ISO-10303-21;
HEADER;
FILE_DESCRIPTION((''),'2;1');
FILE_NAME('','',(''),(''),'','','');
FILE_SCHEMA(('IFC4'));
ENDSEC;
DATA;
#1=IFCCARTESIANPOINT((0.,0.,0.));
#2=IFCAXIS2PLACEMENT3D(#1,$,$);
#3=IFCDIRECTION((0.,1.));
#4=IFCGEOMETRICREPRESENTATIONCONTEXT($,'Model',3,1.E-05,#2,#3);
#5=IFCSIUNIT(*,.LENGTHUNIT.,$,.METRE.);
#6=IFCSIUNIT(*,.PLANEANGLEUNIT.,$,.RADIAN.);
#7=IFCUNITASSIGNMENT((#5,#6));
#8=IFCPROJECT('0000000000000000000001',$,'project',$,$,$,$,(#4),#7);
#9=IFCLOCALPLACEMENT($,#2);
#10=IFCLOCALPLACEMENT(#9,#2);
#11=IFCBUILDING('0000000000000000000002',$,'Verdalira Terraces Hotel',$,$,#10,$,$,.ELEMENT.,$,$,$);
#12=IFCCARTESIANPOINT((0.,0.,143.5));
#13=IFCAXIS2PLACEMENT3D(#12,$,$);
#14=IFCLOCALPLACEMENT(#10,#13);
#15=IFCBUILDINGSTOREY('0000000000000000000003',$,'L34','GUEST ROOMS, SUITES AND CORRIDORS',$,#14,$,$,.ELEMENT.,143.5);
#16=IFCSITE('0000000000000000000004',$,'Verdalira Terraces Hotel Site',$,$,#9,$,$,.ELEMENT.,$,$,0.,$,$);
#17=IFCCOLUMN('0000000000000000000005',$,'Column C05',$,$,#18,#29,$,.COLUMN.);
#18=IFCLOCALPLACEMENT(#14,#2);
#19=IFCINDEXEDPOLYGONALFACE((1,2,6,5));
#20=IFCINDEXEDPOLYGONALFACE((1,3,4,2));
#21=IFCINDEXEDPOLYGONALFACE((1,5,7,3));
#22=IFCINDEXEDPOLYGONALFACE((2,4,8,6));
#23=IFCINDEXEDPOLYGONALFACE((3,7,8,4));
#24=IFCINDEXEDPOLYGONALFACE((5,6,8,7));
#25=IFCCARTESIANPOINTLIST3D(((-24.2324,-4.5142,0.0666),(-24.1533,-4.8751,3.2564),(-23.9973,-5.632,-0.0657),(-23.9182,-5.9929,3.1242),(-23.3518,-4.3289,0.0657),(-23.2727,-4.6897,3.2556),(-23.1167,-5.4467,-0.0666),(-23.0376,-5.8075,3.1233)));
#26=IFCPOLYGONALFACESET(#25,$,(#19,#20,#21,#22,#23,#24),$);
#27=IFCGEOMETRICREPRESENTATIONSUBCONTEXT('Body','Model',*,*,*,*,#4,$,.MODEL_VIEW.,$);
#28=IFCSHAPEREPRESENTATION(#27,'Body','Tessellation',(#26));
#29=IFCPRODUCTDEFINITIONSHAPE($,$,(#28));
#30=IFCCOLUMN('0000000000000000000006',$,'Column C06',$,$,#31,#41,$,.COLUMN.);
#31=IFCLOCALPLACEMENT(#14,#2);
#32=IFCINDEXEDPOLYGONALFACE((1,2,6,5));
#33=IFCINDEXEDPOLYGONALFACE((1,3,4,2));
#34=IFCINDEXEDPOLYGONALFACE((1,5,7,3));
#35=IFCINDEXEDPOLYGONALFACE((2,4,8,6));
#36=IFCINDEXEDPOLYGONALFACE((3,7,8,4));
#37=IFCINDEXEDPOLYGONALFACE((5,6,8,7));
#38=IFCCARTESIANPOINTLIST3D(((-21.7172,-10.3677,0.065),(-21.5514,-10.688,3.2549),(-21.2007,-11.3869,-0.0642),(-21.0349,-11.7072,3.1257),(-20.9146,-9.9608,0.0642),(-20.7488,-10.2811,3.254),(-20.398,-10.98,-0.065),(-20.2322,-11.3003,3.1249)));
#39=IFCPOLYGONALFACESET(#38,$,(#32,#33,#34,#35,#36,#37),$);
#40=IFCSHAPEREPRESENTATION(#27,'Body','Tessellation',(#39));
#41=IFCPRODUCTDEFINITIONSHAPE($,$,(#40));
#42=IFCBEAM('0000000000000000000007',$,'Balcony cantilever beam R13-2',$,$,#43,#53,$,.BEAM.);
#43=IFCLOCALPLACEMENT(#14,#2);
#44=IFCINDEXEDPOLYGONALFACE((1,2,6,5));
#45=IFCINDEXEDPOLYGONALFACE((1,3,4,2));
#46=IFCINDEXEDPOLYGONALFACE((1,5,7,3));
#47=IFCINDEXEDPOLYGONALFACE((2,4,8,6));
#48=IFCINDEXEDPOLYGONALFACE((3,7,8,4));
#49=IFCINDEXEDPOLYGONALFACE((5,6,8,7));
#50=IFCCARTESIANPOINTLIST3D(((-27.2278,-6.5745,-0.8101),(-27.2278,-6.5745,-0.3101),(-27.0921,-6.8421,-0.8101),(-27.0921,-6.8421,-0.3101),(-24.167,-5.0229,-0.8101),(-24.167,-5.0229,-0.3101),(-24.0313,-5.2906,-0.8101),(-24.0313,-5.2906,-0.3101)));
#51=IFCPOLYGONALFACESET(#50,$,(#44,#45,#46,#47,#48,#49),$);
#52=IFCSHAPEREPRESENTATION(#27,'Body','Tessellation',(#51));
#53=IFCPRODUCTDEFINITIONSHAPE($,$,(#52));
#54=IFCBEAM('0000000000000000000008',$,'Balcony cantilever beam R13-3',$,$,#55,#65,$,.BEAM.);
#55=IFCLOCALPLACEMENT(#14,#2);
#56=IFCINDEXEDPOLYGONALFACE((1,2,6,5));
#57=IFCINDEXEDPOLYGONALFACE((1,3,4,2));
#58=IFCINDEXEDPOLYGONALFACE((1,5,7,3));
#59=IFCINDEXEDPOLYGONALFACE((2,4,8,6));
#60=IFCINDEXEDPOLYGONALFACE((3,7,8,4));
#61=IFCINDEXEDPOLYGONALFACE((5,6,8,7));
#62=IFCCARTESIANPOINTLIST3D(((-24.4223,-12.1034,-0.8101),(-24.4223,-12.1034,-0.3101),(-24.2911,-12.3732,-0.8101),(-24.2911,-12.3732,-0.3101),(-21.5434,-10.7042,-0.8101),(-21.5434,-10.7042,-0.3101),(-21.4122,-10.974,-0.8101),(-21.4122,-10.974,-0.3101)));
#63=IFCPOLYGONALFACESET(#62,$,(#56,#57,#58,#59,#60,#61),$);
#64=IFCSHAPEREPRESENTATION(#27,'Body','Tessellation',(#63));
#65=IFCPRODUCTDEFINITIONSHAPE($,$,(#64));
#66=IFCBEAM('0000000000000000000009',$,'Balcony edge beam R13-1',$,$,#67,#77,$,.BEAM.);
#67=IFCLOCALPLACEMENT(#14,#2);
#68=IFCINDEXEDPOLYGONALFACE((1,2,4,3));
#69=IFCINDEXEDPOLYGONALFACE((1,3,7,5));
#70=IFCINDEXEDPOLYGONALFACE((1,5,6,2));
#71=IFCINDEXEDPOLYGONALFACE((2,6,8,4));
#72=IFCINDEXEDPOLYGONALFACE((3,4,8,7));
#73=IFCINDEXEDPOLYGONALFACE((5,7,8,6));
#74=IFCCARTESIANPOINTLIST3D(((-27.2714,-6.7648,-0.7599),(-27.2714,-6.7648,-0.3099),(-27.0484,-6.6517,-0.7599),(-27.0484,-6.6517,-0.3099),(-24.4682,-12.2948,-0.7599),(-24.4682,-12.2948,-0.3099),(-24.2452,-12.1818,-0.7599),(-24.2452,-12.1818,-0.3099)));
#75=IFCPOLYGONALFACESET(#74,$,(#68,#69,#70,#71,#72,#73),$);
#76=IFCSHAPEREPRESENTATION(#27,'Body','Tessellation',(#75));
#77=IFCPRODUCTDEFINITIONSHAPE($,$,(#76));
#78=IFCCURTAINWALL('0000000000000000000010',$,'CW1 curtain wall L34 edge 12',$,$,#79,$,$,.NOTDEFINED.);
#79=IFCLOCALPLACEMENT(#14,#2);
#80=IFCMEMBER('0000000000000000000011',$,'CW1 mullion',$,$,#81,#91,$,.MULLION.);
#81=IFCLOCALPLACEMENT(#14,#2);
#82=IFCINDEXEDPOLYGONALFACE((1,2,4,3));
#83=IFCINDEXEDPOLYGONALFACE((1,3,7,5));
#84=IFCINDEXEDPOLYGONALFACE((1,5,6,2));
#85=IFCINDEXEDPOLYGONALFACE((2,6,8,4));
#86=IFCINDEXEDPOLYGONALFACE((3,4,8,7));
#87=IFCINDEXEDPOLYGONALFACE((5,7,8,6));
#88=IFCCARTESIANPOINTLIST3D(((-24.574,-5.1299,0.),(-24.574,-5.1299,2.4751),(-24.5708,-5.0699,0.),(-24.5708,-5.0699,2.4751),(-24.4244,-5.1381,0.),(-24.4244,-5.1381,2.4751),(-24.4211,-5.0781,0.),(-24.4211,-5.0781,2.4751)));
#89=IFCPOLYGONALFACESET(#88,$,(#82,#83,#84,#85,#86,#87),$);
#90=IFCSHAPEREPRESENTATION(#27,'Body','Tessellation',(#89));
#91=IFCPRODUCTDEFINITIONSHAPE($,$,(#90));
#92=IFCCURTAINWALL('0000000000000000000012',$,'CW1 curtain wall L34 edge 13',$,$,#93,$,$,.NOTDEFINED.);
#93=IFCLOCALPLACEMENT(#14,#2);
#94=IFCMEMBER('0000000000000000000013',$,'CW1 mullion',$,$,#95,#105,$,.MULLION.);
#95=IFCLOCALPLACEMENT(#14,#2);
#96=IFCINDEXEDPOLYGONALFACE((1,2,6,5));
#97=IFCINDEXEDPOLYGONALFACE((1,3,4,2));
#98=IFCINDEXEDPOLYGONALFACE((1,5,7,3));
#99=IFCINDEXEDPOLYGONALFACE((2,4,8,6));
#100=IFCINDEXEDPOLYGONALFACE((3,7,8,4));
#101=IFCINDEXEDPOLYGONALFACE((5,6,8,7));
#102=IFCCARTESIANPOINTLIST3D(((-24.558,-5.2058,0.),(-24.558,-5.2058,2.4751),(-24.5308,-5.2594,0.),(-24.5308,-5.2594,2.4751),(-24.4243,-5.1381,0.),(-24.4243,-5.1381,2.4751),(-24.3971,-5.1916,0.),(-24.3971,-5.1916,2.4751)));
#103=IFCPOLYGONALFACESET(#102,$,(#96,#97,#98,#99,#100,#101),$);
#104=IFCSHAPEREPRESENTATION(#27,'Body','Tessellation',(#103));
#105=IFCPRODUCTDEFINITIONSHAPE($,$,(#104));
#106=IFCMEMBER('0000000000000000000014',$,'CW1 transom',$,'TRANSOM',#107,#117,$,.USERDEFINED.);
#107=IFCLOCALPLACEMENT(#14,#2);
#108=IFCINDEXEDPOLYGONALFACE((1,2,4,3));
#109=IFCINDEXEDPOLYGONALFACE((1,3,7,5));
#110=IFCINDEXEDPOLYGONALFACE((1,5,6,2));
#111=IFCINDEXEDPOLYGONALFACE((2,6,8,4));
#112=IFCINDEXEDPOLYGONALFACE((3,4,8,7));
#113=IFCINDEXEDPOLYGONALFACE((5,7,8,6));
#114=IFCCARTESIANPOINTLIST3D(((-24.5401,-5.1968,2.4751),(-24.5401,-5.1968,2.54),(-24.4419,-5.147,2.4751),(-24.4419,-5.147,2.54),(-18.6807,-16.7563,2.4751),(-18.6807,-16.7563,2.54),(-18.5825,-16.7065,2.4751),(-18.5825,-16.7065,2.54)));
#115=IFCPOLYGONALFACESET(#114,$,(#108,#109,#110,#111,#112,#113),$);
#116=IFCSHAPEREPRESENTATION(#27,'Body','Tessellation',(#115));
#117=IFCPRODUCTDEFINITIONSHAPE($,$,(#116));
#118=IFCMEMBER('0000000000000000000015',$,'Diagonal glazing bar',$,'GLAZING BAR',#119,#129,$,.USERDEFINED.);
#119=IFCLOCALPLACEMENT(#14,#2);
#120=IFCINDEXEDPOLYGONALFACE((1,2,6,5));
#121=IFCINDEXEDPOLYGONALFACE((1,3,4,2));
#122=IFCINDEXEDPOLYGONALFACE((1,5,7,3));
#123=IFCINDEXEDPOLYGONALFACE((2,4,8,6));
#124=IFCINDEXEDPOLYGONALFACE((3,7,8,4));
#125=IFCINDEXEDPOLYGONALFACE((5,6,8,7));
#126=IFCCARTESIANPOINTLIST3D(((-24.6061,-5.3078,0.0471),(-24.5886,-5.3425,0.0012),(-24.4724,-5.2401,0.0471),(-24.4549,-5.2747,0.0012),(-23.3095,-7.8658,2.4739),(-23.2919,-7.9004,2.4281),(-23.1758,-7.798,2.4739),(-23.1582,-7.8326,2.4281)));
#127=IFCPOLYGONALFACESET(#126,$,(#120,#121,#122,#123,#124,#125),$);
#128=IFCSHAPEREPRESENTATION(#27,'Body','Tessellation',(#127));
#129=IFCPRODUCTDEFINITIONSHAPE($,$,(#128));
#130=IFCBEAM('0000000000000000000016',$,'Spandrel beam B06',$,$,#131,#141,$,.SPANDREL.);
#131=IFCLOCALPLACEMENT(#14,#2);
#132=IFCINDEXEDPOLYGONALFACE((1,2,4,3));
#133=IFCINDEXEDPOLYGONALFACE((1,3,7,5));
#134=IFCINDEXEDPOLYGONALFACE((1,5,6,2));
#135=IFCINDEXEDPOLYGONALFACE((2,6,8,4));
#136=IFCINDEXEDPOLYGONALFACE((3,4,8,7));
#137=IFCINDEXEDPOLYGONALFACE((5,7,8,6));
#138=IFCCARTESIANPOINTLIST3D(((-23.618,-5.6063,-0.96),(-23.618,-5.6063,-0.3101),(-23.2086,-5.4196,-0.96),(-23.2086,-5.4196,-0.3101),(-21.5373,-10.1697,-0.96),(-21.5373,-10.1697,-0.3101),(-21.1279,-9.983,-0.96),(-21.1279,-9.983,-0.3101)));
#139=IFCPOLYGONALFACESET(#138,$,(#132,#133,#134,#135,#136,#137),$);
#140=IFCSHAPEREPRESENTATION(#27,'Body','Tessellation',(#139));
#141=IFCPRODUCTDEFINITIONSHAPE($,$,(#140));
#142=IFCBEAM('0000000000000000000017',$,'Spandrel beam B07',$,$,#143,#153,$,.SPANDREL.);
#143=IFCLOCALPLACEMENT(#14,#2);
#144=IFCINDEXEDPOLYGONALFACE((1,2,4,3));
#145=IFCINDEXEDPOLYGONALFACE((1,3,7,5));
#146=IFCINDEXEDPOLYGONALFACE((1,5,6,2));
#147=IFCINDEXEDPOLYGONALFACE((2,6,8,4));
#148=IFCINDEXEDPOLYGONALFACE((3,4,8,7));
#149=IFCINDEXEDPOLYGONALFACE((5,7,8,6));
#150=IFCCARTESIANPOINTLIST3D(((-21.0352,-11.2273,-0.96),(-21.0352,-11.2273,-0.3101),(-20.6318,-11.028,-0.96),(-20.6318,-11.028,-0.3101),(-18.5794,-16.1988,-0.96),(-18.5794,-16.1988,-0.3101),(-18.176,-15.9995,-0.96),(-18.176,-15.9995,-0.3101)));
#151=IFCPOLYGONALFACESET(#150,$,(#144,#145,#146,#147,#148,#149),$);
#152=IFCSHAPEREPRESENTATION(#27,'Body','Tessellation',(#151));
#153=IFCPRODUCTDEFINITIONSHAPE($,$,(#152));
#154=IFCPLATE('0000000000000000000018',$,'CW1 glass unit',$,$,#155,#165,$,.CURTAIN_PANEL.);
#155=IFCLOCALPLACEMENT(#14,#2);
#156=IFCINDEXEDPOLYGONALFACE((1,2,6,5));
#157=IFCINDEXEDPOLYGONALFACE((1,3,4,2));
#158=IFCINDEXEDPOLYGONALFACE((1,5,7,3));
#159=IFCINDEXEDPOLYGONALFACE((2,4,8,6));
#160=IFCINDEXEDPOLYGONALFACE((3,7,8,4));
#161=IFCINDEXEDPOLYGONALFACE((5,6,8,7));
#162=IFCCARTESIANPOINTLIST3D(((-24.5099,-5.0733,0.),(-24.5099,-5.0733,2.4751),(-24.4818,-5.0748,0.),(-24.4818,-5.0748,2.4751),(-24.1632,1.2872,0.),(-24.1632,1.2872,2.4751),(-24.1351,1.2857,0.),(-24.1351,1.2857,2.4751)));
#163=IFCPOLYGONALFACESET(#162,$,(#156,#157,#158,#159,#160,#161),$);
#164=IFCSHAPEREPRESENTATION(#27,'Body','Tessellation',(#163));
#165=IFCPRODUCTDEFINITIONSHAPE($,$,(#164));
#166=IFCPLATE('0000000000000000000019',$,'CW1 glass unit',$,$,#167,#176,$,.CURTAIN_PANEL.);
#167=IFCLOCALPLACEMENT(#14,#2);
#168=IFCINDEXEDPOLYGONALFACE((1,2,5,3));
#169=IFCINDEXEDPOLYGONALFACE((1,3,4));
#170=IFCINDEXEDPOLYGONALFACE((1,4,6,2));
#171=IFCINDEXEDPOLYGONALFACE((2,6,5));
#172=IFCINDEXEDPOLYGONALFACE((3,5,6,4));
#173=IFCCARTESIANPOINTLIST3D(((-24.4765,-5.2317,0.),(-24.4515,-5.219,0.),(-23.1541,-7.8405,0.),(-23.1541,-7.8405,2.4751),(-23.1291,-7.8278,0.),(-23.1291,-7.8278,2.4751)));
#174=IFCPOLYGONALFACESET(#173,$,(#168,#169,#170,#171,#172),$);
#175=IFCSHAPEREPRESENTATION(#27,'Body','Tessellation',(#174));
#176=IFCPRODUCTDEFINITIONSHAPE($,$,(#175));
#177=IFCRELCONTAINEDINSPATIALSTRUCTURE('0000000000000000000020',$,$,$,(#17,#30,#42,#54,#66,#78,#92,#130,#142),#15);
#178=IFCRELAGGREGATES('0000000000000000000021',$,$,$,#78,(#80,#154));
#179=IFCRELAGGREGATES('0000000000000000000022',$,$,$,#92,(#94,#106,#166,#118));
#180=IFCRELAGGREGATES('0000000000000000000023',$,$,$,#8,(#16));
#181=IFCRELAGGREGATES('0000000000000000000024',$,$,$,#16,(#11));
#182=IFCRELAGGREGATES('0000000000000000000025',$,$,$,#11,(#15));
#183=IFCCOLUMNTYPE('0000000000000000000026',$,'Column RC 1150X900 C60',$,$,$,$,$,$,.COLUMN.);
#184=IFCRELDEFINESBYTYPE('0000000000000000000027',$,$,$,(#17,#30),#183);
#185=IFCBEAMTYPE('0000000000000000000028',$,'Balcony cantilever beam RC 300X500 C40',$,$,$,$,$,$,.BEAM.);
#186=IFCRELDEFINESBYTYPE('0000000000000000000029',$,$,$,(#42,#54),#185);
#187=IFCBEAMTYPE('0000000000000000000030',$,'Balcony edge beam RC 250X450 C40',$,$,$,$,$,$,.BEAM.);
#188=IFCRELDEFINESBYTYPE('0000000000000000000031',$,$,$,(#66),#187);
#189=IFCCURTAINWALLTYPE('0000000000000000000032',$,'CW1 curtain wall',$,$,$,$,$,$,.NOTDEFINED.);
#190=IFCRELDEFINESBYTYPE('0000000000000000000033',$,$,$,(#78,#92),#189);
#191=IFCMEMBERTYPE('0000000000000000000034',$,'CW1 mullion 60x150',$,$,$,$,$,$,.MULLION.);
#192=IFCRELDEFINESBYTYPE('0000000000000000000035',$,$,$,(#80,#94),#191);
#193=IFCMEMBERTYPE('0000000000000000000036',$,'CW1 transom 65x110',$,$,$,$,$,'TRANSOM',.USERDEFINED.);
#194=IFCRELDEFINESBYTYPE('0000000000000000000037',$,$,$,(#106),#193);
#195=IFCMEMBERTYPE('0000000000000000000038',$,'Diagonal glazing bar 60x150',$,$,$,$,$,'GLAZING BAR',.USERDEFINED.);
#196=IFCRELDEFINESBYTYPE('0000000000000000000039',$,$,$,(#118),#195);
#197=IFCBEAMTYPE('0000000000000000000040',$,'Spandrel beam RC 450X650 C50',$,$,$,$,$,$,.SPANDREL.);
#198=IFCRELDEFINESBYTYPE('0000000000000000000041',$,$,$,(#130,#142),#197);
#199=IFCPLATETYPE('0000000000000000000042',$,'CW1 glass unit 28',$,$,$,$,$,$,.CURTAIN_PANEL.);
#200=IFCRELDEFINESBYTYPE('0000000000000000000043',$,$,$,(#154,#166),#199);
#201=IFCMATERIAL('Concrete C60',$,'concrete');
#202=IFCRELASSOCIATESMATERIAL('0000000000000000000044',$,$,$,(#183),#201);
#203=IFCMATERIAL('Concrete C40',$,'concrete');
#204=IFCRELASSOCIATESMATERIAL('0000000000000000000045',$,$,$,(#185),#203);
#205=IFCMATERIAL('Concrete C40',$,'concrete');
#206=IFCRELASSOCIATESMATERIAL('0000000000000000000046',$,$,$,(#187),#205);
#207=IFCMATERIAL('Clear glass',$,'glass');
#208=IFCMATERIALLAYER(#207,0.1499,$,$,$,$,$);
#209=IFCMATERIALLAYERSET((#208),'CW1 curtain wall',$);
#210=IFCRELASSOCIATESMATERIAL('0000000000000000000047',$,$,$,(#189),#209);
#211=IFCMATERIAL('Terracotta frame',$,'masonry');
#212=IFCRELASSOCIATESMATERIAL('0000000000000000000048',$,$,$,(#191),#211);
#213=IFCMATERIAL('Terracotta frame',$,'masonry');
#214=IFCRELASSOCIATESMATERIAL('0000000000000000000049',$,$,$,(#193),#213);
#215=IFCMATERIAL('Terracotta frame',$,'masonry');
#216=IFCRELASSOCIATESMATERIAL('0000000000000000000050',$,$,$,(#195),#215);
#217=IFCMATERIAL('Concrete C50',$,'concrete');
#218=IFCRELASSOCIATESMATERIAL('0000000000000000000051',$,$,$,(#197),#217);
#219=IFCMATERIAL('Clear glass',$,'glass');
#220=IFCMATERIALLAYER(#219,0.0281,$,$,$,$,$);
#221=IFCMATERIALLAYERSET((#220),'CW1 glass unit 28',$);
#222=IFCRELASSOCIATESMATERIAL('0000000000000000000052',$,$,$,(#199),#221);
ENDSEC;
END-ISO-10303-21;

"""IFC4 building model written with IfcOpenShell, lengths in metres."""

from ifc_helpers import new_model, si_unit, direction, frame, origin, origin_2d, place, context, subcontext, project, spatial, polyline, rectangle, outline, extrude, material, layer, layer_set, material_profile, profile_set, type_object, element, aggregate, save


model = new_model("IFC4")

# Units and contexts
model_context = context("Model", 3, precision=1e-05, world=origin(), true_north=direction((0.0, 1.0)))
body_context = subcontext(model_context, "Body", "Model", "MODEL_VIEW")
ifc_project = project(units=[si_unit("LENGTHUNIT", "METRE"), si_unit("PLANEANGLEUNIT", "RADIAN")], contexts=[model_context])

# Site, building, storey
site_placement = place(None, origin())
site = spatial("IfcSite", under=ifc_project, at=site_placement, Name="Verdalira Terraces Hotel Site", CompositionType="ELEMENT", RefElevation=0.0)
building_placement = place(site_placement, origin())
building = spatial("IfcBuilding", under=site, at=building_placement, Name="Verdalira Terraces Hotel", CompositionType="ELEMENT")
storey_placement = place(building_placement, frame((0.0, 0.0, 143.5)))
storey = spatial("IfcBuildingStorey", under=building, at=storey_placement, Name="L34", Description="GUEST ROOMS, SUITES AND CORRIDORS", CompositionType="ELEMENT", Elevation=143.5)

# Columns
ifc_material_1 = material(Name="Concrete C60", Category="concrete")
ifc_material_profile_1 = material_profile(ifc_material_1, rectangle(XDim=1.1499, YDim=0.8999, at=origin_2d()), Name="RC 1150X900")
ifc_profile_set_1 = profile_set([ifc_material_profile_1], Name="Concrete C60")
column_type = type_object("IfcColumnType", Name="Column RC 1150X900 C60", PredefinedType="COLUMN", material=ifc_profile_set_1)
column_1_placement = place(storey_placement, frame((-23.6746, -4.9805, 0.0), z_axis=(0.024633, -0.112367, 0.993361), x_axis=(-0.204464, 0.972092, 0.115031)))
element("IfcColumn", 1, at=column_1_placement, inside=storey, type_object=column_type, Name="Column C05", PredefinedType="COLUMN", context=body_context, shape_type="SweptSolid", body=[
    extrude(rectangle(XDim=1.1499, YDim=0.8999, at=origin_2d()), origin(), (0.0, 0.0, 1.0), 3.2112),
])
column_2_placement = place(storey_placement, frame((-21.0576, -10.6738, 0.0), z_axis=(0.051638, -0.099778, 0.993669), x_axis=(0.449211, -0.886334, -0.112344)))
element("IfcColumn", 2, at=column_2_placement, inside=storey, type_object=column_type, Name="Column C06", PredefinedType="COLUMN", context=body_context, shape_type="SweptSolid", body=[
    extrude(rectangle(XDim=1.1499, YDim=0.8999, at=origin_2d()), origin(), (0.0, 0.0, 1.0), 3.2102),
])

# Beams
ifc_material_2 = material(Name="Concrete C40", Category="concrete")
ifc_material_profile_2 = material_profile(ifc_material_2, rectangle(XDim=0.3, YDim=0.5, at=origin_2d()), Name="RC 300X500")
ifc_profile_set_2 = profile_set([ifc_material_profile_2], Name="Concrete C40")
beam_type_1 = type_object("IfcBeamType", Name="Balcony cantilever beam RC 300X500 C40", PredefinedType="BEAM", material=ifc_profile_set_2)
beam_1_placement = place(storey_placement, frame((-24.0991, -5.1567, -0.5601), z_axis=(-0.891952, -0.45213, 0.0), x_axis=(0.45213, -0.891952, 0.0)))
element("IfcBeam", 3, at=beam_1_placement, inside=storey, type_object=beam_type_1, Name="Balcony cantilever beam R13-2", PredefinedType="BEAM", context=body_context, shape_type="SweptSolid", body=[
    extrude(rectangle(XDim=0.3, YDim=0.5, at=origin_2d()), origin(), (0.0, 0.0, 1.0), 3.4316),
])
beam_2_placement = place(storey_placement, frame((-21.4778, -10.8391, -0.5601), z_axis=(-0.899405, -0.437117, 0.0), x_axis=(0.437117, -0.899405, 0.0)))
element("IfcBeam", 4, at=beam_2_placement, inside=storey, type_object=beam_type_1, Name="Balcony cantilever beam R13-3", PredefinedType="BEAM", context=body_context, shape_type="SweptSolid", body=[
    extrude(rectangle(XDim=0.3, YDim=0.5, at=origin_2d()), origin(), (0.0, 0.0, 1.0), 3.2009),
])
ifc_material_3 = material(Name="Concrete C40", Category="concrete")
ifc_material_profile_3 = material_profile(ifc_material_3, rectangle(XDim=0.25, YDim=0.45, at=origin_2d()), Name="RC 250X450")
ifc_profile_set_3 = profile_set([ifc_material_profile_3], Name="Concrete C40")
beam_type_2 = type_object("IfcBeamType", Name="Balcony edge beam RC 250X450 C40", PredefinedType="BEAM", material=ifc_profile_set_3)
beam_3_placement = place(storey_placement, frame((-27.1599, -6.7083, -0.5349), z_axis=(0.452137, -0.891949, 0.0), x_axis=(0.891949, 0.452137, 0.0)))
element("IfcBeam", 5, at=beam_3_placement, inside=storey, type_object=beam_type_2, Name="Balcony edge beam R13-1", PredefinedType="BEAM", context=body_context, shape_type="SweptSolid", body=[
    extrude(rectangle(XDim=0.25, YDim=0.45, at=origin_2d()), origin(), (0.0, 0.0, 1.0), 6.2),
])

# Curtain wall, member
ifc_material_4 = material(Name="Clear glass", Category="glass")
ifc_layer_1 = layer(ifc_material_4, 0.1499)
ifc_layer_set_1 = layer_set([ifc_layer_1], Name="CW1 curtain wall")
curtain_wall_type = type_object("IfcCurtainWallType", Name="CW1 curtain wall", PredefinedType="NOTDEFINED", material=ifc_layer_set_1)
curtain_wall_1_placement = place(storey_placement, origin())
curtain_wall_1 = element("IfcCurtainWall", 6, at=curtain_wall_1_placement, inside=storey, type_object=curtain_wall_type, Name="CW1 curtain wall L34 edge 12", PredefinedType="NOTDEFINED")
ifc_material_5 = material(Name="Terracotta frame", Category="masonry")
ifc_material_profile_4 = material_profile(ifc_material_5, rectangle(XDim=0.0601, YDim=0.1499, at=origin_2d()), Name="MU 60x150")
ifc_profile_set_4 = profile_set([ifc_material_profile_4], Name="Terracotta frame")
member_type_1 = type_object("IfcMemberType", Name="CW1 mullion 60x150", PredefinedType="MULLION", material=ifc_profile_set_4)
member_1_placement = place(storey_placement, frame((-24.4976, -5.104, 0.0), z_axis=(0.0, 0.0, 1.0), x_axis=(-0.054427, -0.998518, 0.0)))
member_1 = element("IfcMember", 7, at=member_1_placement, type_object=member_type_1, Name="CW1 mullion", PredefinedType="MULLION", context=body_context, shape_type="SweptSolid", body=[
    extrude(rectangle(XDim=0.0601, YDim=0.1499, at=origin_2d()), origin(), (0.0, 0.0, 1.0), 2.4751),
])

# Curtain wall, members
curtain_wall_2_placement = place(storey_placement, origin())
curtain_wall_2 = element("IfcCurtainWall", 8, at=curtain_wall_2_placement, inside=storey, type_object=curtain_wall_type, Name="CW1 curtain wall L34 edge 13", PredefinedType="NOTDEFINED")
member_2_placement = place(storey_placement, frame((-24.4775, -5.1987, 0.0), z_axis=(0.0, 0.0, 1.0), x_axis=(0.452123, -0.891955, 0.0)))
member_2 = element("IfcMember", 9, at=member_2_placement, type_object=member_type_1, Name="CW1 mullion", PredefinedType="MULLION", context=body_context, shape_type="SweptSolid", body=[
    extrude(rectangle(XDim=0.0601, YDim=0.1499, at=origin_2d()), origin(), (0.0, 0.0, 1.0), 2.4751),
])
ifc_material_6 = material(Name="Terracotta frame", Category="masonry")
ifc_material_profile_5 = material_profile(ifc_material_6, rectangle(XDim=0.1101, YDim=0.0649, at=origin_2d()), Name="TR 65x110")
ifc_profile_set_5 = profile_set([ifc_material_profile_5], Name="Terracotta frame")
member_type_2 = type_object("IfcMemberType", Name="CW1 transom 65x110", ElementType="TRANSOM", PredefinedType="USERDEFINED", material=ifc_profile_set_5)
member_3_placement = place(storey_placement, frame((-24.491, -5.1719, 2.5076), z_axis=(0.45212, -0.891957, 0.0), x_axis=(0.891957, 0.45212, 0.0)))
member_3 = element("IfcMember", 10, at=member_3_placement, type_object=member_type_2, Name="CW1 transom", ObjectType="TRANSOM", PredefinedType="USERDEFINED", context=body_context, shape_type="SweptSolid", body=[
    extrude(rectangle(XDim=0.1101, YDim=0.0649, at=origin_2d()), origin(), (0.0, 0.0, 1.0), 12.9597),
])
ifc_material_7 = material(Name="Terracotta frame", Category="masonry")
ifc_material_profile_6 = material_profile(ifc_material_7, rectangle(XDim=0.1499, YDim=0.0601, at=origin_2d()), Name="GB 60x150")
ifc_profile_set_6 = profile_set([ifc_material_profile_6], Name="Terracotta frame")
member_type_3 = type_object("IfcMemberType", Name="Diagonal glazing bar 60x150", ElementType="GLAZING BAR", PredefinedType="USERDEFINED", material=ifc_profile_set_6)
member_4_placement = place(storey_placement, frame((-24.5305, -5.2913, 0.0242), z_axis=(0.345148, -0.680873, 0.645975), x_axis=(0.891945, 0.452145, 0.0)))
member_4 = element("IfcMember", 11, at=member_4_placement, type_object=member_type_3, Name="Diagonal glazing bar", ObjectType="GLAZING BAR", PredefinedType="USERDEFINED", context=body_context, shape_type="SweptSolid", body=[
    extrude(rectangle(XDim=0.1499, YDim=0.0601, at=origin_2d()), origin(), (0.0, 0.0, 1.0), 3.7568),
])

# Beams
ifc_material_8 = material(Name="Concrete C50", Category="concrete")
ifc_material_profile_7 = material_profile(ifc_material_8, rectangle(XDim=0.45, YDim=0.6499, at=origin_2d()), Name="RC 450X650")
ifc_profile_set_7 = profile_set([ifc_material_profile_7], Name="Concrete C50")
beam_type_3 = type_object("IfcBeamType", Name="Spandrel beam RC 450X650 C50", PredefinedType="SPANDREL", material=ifc_profile_set_7)
beam_4_placement = place(storey_placement, frame((-23.4133, -5.5129, -0.635), z_axis=(0.414877, -0.909877, 0.0), x_axis=(0.909877, 0.414877, 0.0)))
element("IfcBeam", 12, at=beam_4_placement, inside=storey, type_object=beam_type_3, Name="Spandrel beam B06", PredefinedType="SPANDREL", context=body_context, shape_type="SweptSolid", body=[
    extrude(rectangle(XDim=0.45, YDim=0.6499, at=origin_2d()), origin(), (0.0, 0.0, 1.0), 5.0154),
])
beam_5_placement = place(storey_placement, frame((-20.8335, -11.1277, -0.635), z_axis=(0.442893, -0.896574, 0.0), x_axis=(0.896574, 0.442893, 0.0)))
element("IfcBeam", 13, at=beam_5_placement, inside=storey, type_object=beam_type_3, Name="Spandrel beam B07", PredefinedType="SPANDREL", context=body_context, shape_type="SweptSolid", body=[
    extrude(rectangle(XDim=0.45, YDim=0.6499, at=origin_2d()), origin(), (0.0, 0.0, 1.0), 5.5449),
])

# Plates
ifc_material_9 = material(Name="Clear glass", Category="glass")
ifc_layer_2 = layer(ifc_material_9, 0.0281)
ifc_layer_set_2 = layer_set([ifc_layer_2], Name="CW1 glass unit 28")
plate_type = type_object("IfcPlateType", Name="CW1 glass unit 28", PredefinedType="CURTAIN_PANEL", material=ifc_layer_set_2)
plate_1_placement = place(storey_placement, frame((-24.3225, -1.8938, 0.0), z_axis=(0.0, 0.0, 1.0), x_axis=(-0.054427, -0.998518, 0.0)))
plate_1 = element("IfcPlate", 14, at=plate_1_placement, type_object=plate_type, Name="CW1 glass unit", PredefinedType="CURTAIN_PANEL", context=body_context, shape_type="SweptSolid", body=[
    extrude(rectangle(XDim=6.3699, YDim=0.0281, at=origin_2d()), origin(), (0.0, 0.0, 1.0), 2.4751),
])
aggregate(curtain_wall_1, [member_1, plate_1])
plate_2_placement = place(storey_placement, frame((-23.7903, -6.5234, 1.2375), z_axis=(-0.891955, -0.452123, 0.0), x_axis=(0.452123, -0.891955, 0.0)))
plate_2 = element("IfcPlate", 15, at=plate_2_placement, type_object=plate_type, Name="CW1 glass unit", PredefinedType="CURTAIN_PANEL", context=body_context, shape_type="SweptSolid", body=[
    extrude(outline(polyline([(-1.4624, -1.2375), (1.4624, -1.2375), (1.4624, 1.2375), (-1.4624, -1.2375)])), origin(), (0.0, 0.0, 1.0), 0.0281),
])
aggregate(curtain_wall_2, [member_2, member_3, plate_2, member_4])

save(model, "model.ifc")
